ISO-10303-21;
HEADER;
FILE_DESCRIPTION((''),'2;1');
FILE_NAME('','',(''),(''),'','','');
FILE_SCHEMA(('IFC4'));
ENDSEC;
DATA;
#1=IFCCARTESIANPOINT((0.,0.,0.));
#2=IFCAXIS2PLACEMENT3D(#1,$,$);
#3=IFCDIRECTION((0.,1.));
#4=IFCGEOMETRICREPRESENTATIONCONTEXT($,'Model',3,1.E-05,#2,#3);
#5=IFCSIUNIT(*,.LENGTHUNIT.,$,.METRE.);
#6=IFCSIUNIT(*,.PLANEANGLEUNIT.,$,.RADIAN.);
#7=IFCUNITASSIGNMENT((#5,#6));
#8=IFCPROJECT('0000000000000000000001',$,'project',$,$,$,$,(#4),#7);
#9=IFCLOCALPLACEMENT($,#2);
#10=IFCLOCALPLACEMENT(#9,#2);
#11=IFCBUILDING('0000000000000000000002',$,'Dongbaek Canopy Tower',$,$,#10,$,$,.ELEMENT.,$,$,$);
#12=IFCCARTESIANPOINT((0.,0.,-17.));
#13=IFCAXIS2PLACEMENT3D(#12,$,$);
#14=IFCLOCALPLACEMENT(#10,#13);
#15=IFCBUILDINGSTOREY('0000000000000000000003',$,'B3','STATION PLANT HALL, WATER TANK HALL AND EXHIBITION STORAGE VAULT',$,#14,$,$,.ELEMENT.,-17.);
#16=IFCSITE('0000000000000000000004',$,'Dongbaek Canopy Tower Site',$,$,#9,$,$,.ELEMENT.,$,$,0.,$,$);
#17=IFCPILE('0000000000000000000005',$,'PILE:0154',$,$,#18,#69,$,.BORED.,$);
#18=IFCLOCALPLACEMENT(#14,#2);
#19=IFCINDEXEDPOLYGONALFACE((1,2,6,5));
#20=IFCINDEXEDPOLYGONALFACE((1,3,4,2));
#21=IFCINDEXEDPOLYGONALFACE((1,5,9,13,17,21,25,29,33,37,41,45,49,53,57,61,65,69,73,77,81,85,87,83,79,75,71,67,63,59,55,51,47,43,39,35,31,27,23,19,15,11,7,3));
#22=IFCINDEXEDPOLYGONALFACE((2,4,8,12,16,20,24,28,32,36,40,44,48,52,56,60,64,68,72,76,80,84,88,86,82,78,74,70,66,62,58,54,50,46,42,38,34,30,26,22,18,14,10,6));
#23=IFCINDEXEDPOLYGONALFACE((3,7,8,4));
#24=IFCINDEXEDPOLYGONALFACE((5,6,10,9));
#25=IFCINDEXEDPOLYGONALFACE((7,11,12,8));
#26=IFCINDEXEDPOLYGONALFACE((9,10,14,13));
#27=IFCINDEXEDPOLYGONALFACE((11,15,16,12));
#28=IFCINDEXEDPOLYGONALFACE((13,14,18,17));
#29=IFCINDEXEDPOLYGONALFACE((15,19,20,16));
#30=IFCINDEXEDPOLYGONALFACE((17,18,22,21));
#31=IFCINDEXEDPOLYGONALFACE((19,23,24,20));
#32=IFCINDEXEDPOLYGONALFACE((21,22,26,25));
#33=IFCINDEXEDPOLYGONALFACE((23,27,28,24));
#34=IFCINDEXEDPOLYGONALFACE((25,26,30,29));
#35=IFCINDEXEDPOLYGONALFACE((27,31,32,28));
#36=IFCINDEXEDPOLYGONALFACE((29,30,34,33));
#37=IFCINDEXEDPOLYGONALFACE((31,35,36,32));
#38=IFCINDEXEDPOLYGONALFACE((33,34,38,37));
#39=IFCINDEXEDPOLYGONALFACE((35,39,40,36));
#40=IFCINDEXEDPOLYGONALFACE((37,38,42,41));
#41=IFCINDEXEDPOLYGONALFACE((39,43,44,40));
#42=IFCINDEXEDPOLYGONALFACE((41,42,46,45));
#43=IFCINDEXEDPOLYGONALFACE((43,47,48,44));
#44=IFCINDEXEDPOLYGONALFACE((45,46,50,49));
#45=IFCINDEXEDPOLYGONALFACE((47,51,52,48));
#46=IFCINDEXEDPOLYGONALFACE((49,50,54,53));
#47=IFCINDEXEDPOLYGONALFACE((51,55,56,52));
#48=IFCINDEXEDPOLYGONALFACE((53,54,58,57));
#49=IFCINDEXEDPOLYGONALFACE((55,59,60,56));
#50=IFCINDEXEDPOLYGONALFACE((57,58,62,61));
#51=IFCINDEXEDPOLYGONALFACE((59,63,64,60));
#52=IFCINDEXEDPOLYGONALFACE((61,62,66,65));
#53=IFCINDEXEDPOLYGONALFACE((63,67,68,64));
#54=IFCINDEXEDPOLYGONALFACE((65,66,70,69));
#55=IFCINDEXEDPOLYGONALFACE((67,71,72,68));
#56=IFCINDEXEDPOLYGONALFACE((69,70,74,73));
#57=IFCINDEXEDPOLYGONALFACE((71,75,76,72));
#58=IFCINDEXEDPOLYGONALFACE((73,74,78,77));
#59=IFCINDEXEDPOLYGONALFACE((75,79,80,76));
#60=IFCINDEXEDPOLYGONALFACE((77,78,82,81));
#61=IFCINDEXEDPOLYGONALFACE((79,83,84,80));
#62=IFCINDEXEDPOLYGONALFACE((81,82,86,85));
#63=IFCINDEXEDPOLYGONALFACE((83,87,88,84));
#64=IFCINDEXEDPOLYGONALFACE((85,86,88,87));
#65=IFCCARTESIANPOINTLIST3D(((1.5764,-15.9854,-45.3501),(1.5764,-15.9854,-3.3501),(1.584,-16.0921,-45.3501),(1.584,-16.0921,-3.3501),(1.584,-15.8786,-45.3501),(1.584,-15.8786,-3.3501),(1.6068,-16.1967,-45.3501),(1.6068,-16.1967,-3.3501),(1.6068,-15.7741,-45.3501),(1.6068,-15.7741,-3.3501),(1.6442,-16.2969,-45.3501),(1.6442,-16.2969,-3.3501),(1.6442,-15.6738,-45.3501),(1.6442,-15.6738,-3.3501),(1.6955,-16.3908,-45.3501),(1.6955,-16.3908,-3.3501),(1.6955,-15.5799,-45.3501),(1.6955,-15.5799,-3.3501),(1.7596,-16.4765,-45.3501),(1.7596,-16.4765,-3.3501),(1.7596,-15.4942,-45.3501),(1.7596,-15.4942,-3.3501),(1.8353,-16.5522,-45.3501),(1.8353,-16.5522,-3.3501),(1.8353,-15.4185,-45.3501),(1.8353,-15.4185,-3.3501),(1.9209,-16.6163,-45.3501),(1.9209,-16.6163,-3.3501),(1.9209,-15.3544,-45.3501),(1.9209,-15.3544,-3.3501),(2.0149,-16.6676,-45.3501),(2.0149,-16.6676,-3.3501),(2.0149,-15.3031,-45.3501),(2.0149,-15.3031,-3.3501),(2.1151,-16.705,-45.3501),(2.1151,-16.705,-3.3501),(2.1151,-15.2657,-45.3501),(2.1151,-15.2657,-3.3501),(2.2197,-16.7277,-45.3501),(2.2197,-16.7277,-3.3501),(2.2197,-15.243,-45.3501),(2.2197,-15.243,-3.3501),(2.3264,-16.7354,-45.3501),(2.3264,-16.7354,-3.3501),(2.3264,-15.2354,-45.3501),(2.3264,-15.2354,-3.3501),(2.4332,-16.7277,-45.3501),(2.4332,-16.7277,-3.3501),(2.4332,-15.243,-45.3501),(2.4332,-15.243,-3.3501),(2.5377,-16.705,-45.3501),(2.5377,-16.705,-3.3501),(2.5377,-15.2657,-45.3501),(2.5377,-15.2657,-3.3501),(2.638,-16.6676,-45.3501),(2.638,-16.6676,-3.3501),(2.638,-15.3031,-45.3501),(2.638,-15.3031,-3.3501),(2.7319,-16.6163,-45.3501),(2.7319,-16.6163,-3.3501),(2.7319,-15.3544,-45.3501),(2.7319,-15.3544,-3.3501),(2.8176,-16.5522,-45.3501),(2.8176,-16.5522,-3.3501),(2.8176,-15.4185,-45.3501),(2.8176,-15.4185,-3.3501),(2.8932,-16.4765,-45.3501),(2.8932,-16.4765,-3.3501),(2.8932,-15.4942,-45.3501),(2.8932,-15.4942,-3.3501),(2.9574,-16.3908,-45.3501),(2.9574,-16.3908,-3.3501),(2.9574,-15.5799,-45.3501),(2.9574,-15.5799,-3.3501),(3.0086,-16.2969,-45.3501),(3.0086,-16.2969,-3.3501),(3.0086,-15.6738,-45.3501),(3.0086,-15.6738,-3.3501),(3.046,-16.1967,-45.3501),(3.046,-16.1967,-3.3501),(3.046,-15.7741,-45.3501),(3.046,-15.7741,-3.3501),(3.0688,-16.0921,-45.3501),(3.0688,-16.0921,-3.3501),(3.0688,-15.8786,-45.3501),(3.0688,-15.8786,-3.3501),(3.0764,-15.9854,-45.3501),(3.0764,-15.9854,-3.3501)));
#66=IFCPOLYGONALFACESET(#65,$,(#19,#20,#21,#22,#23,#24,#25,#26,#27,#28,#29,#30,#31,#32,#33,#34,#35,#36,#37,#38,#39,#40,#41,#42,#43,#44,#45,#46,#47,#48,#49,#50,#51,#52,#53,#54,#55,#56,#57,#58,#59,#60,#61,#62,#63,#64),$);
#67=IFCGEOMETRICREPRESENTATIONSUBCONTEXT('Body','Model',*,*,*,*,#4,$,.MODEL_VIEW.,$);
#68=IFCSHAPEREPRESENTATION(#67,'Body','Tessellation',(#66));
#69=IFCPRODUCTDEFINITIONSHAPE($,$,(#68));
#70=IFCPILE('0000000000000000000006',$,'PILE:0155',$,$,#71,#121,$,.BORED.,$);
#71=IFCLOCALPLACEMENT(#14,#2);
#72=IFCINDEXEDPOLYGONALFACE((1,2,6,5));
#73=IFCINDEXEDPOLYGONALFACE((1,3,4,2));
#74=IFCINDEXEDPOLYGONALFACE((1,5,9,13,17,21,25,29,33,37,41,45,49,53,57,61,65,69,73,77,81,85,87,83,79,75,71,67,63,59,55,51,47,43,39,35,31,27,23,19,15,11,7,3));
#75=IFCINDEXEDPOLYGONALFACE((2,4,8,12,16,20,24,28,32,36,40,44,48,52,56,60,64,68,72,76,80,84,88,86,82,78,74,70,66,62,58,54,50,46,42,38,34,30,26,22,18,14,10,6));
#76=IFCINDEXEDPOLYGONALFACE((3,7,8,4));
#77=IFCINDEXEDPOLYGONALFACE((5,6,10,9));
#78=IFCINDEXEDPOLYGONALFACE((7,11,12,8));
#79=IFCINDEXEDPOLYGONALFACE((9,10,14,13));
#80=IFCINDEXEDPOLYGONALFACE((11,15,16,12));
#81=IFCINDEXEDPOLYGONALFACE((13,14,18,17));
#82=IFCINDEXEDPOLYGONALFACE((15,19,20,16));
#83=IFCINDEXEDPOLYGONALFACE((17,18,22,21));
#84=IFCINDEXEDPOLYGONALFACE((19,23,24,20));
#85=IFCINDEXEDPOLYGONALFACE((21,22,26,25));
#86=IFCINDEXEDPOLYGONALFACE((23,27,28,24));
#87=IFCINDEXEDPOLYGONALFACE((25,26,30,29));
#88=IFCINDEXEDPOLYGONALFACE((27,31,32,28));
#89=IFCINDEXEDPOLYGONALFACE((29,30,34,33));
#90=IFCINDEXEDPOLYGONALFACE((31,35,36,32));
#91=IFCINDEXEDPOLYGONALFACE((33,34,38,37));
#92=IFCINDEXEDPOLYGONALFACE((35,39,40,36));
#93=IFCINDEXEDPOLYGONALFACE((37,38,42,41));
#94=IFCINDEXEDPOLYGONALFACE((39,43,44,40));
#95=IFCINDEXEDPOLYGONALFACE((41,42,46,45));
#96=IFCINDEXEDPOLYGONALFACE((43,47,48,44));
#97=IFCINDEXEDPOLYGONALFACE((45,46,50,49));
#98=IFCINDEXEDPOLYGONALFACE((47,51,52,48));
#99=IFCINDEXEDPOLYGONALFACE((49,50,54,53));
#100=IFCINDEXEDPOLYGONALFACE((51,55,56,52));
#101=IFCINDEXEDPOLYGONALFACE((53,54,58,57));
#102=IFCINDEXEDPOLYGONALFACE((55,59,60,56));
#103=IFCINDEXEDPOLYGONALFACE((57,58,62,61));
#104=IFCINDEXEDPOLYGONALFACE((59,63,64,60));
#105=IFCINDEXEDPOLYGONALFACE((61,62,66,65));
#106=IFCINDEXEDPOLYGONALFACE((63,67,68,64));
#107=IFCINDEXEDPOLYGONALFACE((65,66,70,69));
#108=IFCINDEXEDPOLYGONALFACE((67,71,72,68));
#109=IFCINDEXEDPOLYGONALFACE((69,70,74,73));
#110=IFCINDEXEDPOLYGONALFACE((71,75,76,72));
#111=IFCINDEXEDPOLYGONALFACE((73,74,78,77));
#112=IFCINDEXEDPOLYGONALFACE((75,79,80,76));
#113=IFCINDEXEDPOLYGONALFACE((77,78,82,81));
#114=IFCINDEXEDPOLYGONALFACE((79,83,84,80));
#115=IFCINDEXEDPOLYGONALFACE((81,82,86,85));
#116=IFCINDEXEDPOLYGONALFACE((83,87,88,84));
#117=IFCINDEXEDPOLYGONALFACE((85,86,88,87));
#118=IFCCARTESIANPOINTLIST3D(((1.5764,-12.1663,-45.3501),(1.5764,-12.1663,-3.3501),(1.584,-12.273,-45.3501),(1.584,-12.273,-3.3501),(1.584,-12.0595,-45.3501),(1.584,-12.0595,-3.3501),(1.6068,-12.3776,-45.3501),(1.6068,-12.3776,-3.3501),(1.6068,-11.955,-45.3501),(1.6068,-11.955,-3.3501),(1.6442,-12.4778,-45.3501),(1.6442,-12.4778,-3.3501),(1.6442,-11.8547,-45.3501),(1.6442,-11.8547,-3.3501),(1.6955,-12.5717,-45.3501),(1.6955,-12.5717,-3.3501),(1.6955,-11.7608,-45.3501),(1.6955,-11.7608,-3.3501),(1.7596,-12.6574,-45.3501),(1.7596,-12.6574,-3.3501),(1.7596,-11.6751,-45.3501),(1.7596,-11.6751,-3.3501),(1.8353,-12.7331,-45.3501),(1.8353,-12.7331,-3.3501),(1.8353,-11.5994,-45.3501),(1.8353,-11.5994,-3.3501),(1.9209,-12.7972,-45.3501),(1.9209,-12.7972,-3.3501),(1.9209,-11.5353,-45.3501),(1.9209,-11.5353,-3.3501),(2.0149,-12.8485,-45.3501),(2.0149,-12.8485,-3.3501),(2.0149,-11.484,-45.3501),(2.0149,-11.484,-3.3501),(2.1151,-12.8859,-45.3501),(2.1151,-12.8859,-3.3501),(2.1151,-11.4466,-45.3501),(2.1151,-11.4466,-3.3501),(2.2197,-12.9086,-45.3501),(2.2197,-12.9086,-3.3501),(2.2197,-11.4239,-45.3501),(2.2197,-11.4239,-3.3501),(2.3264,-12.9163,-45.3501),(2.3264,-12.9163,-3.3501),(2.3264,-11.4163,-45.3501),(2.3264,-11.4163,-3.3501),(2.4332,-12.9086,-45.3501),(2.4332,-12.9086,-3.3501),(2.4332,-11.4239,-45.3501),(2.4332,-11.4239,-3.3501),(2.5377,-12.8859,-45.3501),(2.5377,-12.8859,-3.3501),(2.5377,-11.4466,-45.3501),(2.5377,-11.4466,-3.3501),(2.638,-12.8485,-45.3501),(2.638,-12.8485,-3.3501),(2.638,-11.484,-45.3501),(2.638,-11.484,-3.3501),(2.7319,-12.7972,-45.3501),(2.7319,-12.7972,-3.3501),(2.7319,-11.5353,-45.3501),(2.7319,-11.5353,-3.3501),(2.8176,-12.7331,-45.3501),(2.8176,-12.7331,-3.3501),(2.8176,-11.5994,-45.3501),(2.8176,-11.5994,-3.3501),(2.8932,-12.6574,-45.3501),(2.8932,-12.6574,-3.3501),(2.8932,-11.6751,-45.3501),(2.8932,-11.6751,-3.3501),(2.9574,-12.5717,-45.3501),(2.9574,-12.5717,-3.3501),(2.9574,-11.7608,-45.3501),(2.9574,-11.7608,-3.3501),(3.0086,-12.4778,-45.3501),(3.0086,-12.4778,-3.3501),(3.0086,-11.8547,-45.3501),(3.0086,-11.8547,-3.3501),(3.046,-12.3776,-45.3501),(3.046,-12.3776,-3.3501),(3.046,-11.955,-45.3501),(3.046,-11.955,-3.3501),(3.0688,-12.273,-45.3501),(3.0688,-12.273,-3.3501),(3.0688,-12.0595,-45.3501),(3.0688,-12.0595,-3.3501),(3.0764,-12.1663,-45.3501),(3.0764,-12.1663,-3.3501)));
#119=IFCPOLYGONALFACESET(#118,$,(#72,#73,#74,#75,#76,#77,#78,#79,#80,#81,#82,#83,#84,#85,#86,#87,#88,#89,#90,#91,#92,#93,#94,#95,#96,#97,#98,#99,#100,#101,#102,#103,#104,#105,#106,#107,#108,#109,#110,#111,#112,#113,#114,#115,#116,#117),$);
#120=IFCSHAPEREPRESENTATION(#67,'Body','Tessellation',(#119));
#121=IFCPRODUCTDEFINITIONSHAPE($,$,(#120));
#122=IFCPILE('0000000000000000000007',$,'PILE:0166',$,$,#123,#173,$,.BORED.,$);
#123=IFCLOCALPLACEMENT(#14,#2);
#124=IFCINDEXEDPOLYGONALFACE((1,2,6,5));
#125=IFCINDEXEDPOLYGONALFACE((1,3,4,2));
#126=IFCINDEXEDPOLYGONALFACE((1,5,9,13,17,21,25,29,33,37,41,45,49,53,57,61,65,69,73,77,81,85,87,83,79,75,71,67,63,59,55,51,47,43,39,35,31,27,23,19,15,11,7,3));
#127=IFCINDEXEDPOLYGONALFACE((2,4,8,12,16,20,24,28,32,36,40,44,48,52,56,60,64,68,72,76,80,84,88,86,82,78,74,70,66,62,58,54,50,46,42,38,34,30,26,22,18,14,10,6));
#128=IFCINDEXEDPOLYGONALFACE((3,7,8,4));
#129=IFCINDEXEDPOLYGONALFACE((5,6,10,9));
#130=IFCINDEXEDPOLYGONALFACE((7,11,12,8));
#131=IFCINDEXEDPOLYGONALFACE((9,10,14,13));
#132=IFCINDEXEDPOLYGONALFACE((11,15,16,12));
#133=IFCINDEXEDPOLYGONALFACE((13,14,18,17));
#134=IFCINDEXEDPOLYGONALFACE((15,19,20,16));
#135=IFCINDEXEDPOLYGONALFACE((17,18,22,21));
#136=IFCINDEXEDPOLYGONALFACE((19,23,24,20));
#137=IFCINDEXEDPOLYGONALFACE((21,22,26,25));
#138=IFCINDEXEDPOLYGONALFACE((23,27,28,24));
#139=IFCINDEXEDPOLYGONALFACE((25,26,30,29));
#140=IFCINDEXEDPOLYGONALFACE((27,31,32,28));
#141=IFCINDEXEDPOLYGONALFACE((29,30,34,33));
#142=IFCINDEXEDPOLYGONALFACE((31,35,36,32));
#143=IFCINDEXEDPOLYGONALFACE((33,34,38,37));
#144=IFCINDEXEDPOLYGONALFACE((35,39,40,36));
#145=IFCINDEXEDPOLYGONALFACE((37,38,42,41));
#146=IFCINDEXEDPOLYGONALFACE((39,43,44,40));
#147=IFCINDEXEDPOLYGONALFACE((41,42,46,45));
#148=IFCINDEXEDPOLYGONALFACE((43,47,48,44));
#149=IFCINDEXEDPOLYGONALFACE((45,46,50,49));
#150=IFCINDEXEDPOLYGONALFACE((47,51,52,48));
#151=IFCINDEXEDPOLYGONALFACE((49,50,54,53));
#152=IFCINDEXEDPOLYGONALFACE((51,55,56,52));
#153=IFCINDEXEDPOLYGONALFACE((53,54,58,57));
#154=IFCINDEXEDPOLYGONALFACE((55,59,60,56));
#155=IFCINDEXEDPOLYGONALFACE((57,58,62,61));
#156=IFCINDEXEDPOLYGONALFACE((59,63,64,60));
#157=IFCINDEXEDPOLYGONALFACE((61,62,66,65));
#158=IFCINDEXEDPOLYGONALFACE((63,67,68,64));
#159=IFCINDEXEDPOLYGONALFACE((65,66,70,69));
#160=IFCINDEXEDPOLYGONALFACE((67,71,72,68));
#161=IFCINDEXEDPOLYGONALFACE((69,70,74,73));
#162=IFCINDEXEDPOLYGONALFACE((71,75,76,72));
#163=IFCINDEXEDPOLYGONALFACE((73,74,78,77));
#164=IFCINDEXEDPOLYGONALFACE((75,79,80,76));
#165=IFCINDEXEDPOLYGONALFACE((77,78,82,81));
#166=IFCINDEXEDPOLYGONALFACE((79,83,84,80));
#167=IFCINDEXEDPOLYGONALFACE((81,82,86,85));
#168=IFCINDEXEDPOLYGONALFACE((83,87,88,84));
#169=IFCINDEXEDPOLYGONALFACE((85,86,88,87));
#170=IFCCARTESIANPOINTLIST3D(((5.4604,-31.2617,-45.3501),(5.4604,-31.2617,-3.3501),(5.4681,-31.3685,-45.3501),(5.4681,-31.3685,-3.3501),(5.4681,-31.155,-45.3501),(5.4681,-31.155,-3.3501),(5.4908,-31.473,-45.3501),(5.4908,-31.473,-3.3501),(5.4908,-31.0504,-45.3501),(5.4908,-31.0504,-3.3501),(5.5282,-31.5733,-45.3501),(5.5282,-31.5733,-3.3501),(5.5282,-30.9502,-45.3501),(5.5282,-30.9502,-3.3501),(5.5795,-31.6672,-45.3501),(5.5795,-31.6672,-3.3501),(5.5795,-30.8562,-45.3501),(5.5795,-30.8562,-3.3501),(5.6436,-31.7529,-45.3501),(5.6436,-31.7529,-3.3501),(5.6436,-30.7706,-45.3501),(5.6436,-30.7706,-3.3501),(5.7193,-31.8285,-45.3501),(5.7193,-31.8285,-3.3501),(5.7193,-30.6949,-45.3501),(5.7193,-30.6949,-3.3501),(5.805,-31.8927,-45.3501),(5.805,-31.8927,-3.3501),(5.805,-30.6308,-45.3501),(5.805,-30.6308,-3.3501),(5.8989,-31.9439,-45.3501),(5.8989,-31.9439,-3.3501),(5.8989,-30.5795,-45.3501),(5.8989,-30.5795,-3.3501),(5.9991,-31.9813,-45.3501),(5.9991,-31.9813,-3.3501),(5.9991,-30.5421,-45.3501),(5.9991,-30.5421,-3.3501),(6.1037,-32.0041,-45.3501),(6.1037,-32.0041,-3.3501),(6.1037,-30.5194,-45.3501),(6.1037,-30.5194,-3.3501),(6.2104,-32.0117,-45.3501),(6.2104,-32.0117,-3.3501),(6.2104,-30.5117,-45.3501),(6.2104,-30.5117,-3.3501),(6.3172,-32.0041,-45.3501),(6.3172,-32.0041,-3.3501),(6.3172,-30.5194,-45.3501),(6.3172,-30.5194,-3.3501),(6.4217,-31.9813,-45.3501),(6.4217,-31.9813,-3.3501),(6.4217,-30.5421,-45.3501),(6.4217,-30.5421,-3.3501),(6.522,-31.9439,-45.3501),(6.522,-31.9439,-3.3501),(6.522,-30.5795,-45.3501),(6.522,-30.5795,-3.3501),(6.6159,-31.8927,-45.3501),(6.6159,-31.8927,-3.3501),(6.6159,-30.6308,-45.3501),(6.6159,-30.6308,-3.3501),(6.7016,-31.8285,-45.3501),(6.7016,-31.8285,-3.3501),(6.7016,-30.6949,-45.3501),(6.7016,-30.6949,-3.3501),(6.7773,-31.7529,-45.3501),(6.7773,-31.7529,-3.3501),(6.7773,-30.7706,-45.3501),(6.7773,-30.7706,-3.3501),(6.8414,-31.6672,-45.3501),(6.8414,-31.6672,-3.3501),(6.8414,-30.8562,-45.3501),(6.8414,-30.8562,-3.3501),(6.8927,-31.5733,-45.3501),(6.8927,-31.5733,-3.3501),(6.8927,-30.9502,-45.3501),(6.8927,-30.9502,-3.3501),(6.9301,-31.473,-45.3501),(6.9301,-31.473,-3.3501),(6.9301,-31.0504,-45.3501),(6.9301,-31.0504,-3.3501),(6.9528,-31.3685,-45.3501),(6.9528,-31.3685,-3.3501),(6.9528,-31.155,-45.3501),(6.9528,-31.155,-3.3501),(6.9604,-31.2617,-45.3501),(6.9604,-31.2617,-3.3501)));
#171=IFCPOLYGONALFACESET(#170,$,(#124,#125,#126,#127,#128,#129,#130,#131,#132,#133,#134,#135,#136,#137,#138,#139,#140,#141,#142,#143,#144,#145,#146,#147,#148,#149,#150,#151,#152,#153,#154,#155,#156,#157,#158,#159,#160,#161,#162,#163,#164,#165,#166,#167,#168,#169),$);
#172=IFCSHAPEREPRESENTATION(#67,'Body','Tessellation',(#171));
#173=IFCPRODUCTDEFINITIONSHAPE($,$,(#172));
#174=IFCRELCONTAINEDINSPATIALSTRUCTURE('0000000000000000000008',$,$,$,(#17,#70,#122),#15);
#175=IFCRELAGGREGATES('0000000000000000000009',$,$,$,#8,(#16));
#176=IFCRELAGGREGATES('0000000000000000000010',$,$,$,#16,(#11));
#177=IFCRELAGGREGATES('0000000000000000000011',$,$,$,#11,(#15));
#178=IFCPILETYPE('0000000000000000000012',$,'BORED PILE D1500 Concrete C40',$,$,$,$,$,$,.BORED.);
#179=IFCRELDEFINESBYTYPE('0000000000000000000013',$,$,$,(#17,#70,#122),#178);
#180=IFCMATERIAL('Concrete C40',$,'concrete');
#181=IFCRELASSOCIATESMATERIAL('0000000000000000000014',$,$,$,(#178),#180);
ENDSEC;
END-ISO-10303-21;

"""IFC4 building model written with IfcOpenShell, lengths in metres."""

from ifc_helpers import new_model, si_unit, direction, frame, origin, origin_2d, place, context, subcontext, project, spatial, circle, extrude, material, material_profile, profile_set, type_object, element, save


model = new_model("IFC4")

# Units and contexts
model_context = context("Model", 3, precision=1e-05, world=origin(), true_north=direction((0.0, 1.0)))
body_context = subcontext(model_context, "Body", "Model", "MODEL_VIEW")
ifc_project = project(units=[si_unit("LENGTHUNIT", "METRE"), si_unit("PLANEANGLEUNIT", "RADIAN")], contexts=[model_context])

# Site, building, storey
site_placement = place(None, origin())
site = spatial("IfcSite", under=ifc_project, at=site_placement, Name="Dongbaek Canopy Tower Site", CompositionType="ELEMENT", RefElevation=0.0)
building_placement = place(site_placement, origin())
building = spatial("IfcBuilding", under=site, at=building_placement, Name="Dongbaek Canopy Tower", CompositionType="ELEMENT")
storey_placement = place(building_placement, frame((0.0, 0.0, -17.0)))
storey = spatial("IfcBuildingStorey", under=building, at=storey_placement, Name="B3", Description="STATION PLANT HALL, WATER TANK HALL AND EXHIBITION STORAGE VAULT", CompositionType="ELEMENT", Elevation=-17.0)

# Piles
ifc_material_1 = material(Name="Concrete C40", Category="concrete")
ifc_material_profile_1 = material_profile(ifc_material_1, circle(Radius=0.75, at=origin_2d()), Name="BORED PILE D1500 Concrete C40")
ifc_profile_set_1 = profile_set([ifc_material_profile_1], Name="Concrete C40")
pile_type = type_object("IfcPileType", Name="BORED PILE D1500 Concrete C40", PredefinedType="BORED", material=ifc_profile_set_1)
for number, where, z_axis, x_axis, name in (
    (1, (2.3264, -15.9854, -3.3501), (0.0, 0.0, -1.0), (1.0, 0.0, 0.0), "PILE:0154"),
    (2, (2.3264, -12.1663, -3.3501), (0.0, 0.0, -1.0), (1.0, 0.0, 0.0), "PILE:0155"),
    (3, (6.2104, -31.2617, -3.3501), (0.0, 0.0, -1.0), (1.0, 0.0, 0.0), "PILE:0166"),
):
    element("IfcPile", number, at=place(storey_placement, frame(where, z_axis=z_axis, x_axis=x_axis)), inside=storey, type_object=pile_type, Name=name, PredefinedType="BORED", context=body_context, shape_type="SweptSolid", body=[
        extrude(circle(Radius=0.75, at=origin_2d()), origin(), (0.0, 0.0, 1.0), 42.0),
    ])

save(model, "model.ifc")
